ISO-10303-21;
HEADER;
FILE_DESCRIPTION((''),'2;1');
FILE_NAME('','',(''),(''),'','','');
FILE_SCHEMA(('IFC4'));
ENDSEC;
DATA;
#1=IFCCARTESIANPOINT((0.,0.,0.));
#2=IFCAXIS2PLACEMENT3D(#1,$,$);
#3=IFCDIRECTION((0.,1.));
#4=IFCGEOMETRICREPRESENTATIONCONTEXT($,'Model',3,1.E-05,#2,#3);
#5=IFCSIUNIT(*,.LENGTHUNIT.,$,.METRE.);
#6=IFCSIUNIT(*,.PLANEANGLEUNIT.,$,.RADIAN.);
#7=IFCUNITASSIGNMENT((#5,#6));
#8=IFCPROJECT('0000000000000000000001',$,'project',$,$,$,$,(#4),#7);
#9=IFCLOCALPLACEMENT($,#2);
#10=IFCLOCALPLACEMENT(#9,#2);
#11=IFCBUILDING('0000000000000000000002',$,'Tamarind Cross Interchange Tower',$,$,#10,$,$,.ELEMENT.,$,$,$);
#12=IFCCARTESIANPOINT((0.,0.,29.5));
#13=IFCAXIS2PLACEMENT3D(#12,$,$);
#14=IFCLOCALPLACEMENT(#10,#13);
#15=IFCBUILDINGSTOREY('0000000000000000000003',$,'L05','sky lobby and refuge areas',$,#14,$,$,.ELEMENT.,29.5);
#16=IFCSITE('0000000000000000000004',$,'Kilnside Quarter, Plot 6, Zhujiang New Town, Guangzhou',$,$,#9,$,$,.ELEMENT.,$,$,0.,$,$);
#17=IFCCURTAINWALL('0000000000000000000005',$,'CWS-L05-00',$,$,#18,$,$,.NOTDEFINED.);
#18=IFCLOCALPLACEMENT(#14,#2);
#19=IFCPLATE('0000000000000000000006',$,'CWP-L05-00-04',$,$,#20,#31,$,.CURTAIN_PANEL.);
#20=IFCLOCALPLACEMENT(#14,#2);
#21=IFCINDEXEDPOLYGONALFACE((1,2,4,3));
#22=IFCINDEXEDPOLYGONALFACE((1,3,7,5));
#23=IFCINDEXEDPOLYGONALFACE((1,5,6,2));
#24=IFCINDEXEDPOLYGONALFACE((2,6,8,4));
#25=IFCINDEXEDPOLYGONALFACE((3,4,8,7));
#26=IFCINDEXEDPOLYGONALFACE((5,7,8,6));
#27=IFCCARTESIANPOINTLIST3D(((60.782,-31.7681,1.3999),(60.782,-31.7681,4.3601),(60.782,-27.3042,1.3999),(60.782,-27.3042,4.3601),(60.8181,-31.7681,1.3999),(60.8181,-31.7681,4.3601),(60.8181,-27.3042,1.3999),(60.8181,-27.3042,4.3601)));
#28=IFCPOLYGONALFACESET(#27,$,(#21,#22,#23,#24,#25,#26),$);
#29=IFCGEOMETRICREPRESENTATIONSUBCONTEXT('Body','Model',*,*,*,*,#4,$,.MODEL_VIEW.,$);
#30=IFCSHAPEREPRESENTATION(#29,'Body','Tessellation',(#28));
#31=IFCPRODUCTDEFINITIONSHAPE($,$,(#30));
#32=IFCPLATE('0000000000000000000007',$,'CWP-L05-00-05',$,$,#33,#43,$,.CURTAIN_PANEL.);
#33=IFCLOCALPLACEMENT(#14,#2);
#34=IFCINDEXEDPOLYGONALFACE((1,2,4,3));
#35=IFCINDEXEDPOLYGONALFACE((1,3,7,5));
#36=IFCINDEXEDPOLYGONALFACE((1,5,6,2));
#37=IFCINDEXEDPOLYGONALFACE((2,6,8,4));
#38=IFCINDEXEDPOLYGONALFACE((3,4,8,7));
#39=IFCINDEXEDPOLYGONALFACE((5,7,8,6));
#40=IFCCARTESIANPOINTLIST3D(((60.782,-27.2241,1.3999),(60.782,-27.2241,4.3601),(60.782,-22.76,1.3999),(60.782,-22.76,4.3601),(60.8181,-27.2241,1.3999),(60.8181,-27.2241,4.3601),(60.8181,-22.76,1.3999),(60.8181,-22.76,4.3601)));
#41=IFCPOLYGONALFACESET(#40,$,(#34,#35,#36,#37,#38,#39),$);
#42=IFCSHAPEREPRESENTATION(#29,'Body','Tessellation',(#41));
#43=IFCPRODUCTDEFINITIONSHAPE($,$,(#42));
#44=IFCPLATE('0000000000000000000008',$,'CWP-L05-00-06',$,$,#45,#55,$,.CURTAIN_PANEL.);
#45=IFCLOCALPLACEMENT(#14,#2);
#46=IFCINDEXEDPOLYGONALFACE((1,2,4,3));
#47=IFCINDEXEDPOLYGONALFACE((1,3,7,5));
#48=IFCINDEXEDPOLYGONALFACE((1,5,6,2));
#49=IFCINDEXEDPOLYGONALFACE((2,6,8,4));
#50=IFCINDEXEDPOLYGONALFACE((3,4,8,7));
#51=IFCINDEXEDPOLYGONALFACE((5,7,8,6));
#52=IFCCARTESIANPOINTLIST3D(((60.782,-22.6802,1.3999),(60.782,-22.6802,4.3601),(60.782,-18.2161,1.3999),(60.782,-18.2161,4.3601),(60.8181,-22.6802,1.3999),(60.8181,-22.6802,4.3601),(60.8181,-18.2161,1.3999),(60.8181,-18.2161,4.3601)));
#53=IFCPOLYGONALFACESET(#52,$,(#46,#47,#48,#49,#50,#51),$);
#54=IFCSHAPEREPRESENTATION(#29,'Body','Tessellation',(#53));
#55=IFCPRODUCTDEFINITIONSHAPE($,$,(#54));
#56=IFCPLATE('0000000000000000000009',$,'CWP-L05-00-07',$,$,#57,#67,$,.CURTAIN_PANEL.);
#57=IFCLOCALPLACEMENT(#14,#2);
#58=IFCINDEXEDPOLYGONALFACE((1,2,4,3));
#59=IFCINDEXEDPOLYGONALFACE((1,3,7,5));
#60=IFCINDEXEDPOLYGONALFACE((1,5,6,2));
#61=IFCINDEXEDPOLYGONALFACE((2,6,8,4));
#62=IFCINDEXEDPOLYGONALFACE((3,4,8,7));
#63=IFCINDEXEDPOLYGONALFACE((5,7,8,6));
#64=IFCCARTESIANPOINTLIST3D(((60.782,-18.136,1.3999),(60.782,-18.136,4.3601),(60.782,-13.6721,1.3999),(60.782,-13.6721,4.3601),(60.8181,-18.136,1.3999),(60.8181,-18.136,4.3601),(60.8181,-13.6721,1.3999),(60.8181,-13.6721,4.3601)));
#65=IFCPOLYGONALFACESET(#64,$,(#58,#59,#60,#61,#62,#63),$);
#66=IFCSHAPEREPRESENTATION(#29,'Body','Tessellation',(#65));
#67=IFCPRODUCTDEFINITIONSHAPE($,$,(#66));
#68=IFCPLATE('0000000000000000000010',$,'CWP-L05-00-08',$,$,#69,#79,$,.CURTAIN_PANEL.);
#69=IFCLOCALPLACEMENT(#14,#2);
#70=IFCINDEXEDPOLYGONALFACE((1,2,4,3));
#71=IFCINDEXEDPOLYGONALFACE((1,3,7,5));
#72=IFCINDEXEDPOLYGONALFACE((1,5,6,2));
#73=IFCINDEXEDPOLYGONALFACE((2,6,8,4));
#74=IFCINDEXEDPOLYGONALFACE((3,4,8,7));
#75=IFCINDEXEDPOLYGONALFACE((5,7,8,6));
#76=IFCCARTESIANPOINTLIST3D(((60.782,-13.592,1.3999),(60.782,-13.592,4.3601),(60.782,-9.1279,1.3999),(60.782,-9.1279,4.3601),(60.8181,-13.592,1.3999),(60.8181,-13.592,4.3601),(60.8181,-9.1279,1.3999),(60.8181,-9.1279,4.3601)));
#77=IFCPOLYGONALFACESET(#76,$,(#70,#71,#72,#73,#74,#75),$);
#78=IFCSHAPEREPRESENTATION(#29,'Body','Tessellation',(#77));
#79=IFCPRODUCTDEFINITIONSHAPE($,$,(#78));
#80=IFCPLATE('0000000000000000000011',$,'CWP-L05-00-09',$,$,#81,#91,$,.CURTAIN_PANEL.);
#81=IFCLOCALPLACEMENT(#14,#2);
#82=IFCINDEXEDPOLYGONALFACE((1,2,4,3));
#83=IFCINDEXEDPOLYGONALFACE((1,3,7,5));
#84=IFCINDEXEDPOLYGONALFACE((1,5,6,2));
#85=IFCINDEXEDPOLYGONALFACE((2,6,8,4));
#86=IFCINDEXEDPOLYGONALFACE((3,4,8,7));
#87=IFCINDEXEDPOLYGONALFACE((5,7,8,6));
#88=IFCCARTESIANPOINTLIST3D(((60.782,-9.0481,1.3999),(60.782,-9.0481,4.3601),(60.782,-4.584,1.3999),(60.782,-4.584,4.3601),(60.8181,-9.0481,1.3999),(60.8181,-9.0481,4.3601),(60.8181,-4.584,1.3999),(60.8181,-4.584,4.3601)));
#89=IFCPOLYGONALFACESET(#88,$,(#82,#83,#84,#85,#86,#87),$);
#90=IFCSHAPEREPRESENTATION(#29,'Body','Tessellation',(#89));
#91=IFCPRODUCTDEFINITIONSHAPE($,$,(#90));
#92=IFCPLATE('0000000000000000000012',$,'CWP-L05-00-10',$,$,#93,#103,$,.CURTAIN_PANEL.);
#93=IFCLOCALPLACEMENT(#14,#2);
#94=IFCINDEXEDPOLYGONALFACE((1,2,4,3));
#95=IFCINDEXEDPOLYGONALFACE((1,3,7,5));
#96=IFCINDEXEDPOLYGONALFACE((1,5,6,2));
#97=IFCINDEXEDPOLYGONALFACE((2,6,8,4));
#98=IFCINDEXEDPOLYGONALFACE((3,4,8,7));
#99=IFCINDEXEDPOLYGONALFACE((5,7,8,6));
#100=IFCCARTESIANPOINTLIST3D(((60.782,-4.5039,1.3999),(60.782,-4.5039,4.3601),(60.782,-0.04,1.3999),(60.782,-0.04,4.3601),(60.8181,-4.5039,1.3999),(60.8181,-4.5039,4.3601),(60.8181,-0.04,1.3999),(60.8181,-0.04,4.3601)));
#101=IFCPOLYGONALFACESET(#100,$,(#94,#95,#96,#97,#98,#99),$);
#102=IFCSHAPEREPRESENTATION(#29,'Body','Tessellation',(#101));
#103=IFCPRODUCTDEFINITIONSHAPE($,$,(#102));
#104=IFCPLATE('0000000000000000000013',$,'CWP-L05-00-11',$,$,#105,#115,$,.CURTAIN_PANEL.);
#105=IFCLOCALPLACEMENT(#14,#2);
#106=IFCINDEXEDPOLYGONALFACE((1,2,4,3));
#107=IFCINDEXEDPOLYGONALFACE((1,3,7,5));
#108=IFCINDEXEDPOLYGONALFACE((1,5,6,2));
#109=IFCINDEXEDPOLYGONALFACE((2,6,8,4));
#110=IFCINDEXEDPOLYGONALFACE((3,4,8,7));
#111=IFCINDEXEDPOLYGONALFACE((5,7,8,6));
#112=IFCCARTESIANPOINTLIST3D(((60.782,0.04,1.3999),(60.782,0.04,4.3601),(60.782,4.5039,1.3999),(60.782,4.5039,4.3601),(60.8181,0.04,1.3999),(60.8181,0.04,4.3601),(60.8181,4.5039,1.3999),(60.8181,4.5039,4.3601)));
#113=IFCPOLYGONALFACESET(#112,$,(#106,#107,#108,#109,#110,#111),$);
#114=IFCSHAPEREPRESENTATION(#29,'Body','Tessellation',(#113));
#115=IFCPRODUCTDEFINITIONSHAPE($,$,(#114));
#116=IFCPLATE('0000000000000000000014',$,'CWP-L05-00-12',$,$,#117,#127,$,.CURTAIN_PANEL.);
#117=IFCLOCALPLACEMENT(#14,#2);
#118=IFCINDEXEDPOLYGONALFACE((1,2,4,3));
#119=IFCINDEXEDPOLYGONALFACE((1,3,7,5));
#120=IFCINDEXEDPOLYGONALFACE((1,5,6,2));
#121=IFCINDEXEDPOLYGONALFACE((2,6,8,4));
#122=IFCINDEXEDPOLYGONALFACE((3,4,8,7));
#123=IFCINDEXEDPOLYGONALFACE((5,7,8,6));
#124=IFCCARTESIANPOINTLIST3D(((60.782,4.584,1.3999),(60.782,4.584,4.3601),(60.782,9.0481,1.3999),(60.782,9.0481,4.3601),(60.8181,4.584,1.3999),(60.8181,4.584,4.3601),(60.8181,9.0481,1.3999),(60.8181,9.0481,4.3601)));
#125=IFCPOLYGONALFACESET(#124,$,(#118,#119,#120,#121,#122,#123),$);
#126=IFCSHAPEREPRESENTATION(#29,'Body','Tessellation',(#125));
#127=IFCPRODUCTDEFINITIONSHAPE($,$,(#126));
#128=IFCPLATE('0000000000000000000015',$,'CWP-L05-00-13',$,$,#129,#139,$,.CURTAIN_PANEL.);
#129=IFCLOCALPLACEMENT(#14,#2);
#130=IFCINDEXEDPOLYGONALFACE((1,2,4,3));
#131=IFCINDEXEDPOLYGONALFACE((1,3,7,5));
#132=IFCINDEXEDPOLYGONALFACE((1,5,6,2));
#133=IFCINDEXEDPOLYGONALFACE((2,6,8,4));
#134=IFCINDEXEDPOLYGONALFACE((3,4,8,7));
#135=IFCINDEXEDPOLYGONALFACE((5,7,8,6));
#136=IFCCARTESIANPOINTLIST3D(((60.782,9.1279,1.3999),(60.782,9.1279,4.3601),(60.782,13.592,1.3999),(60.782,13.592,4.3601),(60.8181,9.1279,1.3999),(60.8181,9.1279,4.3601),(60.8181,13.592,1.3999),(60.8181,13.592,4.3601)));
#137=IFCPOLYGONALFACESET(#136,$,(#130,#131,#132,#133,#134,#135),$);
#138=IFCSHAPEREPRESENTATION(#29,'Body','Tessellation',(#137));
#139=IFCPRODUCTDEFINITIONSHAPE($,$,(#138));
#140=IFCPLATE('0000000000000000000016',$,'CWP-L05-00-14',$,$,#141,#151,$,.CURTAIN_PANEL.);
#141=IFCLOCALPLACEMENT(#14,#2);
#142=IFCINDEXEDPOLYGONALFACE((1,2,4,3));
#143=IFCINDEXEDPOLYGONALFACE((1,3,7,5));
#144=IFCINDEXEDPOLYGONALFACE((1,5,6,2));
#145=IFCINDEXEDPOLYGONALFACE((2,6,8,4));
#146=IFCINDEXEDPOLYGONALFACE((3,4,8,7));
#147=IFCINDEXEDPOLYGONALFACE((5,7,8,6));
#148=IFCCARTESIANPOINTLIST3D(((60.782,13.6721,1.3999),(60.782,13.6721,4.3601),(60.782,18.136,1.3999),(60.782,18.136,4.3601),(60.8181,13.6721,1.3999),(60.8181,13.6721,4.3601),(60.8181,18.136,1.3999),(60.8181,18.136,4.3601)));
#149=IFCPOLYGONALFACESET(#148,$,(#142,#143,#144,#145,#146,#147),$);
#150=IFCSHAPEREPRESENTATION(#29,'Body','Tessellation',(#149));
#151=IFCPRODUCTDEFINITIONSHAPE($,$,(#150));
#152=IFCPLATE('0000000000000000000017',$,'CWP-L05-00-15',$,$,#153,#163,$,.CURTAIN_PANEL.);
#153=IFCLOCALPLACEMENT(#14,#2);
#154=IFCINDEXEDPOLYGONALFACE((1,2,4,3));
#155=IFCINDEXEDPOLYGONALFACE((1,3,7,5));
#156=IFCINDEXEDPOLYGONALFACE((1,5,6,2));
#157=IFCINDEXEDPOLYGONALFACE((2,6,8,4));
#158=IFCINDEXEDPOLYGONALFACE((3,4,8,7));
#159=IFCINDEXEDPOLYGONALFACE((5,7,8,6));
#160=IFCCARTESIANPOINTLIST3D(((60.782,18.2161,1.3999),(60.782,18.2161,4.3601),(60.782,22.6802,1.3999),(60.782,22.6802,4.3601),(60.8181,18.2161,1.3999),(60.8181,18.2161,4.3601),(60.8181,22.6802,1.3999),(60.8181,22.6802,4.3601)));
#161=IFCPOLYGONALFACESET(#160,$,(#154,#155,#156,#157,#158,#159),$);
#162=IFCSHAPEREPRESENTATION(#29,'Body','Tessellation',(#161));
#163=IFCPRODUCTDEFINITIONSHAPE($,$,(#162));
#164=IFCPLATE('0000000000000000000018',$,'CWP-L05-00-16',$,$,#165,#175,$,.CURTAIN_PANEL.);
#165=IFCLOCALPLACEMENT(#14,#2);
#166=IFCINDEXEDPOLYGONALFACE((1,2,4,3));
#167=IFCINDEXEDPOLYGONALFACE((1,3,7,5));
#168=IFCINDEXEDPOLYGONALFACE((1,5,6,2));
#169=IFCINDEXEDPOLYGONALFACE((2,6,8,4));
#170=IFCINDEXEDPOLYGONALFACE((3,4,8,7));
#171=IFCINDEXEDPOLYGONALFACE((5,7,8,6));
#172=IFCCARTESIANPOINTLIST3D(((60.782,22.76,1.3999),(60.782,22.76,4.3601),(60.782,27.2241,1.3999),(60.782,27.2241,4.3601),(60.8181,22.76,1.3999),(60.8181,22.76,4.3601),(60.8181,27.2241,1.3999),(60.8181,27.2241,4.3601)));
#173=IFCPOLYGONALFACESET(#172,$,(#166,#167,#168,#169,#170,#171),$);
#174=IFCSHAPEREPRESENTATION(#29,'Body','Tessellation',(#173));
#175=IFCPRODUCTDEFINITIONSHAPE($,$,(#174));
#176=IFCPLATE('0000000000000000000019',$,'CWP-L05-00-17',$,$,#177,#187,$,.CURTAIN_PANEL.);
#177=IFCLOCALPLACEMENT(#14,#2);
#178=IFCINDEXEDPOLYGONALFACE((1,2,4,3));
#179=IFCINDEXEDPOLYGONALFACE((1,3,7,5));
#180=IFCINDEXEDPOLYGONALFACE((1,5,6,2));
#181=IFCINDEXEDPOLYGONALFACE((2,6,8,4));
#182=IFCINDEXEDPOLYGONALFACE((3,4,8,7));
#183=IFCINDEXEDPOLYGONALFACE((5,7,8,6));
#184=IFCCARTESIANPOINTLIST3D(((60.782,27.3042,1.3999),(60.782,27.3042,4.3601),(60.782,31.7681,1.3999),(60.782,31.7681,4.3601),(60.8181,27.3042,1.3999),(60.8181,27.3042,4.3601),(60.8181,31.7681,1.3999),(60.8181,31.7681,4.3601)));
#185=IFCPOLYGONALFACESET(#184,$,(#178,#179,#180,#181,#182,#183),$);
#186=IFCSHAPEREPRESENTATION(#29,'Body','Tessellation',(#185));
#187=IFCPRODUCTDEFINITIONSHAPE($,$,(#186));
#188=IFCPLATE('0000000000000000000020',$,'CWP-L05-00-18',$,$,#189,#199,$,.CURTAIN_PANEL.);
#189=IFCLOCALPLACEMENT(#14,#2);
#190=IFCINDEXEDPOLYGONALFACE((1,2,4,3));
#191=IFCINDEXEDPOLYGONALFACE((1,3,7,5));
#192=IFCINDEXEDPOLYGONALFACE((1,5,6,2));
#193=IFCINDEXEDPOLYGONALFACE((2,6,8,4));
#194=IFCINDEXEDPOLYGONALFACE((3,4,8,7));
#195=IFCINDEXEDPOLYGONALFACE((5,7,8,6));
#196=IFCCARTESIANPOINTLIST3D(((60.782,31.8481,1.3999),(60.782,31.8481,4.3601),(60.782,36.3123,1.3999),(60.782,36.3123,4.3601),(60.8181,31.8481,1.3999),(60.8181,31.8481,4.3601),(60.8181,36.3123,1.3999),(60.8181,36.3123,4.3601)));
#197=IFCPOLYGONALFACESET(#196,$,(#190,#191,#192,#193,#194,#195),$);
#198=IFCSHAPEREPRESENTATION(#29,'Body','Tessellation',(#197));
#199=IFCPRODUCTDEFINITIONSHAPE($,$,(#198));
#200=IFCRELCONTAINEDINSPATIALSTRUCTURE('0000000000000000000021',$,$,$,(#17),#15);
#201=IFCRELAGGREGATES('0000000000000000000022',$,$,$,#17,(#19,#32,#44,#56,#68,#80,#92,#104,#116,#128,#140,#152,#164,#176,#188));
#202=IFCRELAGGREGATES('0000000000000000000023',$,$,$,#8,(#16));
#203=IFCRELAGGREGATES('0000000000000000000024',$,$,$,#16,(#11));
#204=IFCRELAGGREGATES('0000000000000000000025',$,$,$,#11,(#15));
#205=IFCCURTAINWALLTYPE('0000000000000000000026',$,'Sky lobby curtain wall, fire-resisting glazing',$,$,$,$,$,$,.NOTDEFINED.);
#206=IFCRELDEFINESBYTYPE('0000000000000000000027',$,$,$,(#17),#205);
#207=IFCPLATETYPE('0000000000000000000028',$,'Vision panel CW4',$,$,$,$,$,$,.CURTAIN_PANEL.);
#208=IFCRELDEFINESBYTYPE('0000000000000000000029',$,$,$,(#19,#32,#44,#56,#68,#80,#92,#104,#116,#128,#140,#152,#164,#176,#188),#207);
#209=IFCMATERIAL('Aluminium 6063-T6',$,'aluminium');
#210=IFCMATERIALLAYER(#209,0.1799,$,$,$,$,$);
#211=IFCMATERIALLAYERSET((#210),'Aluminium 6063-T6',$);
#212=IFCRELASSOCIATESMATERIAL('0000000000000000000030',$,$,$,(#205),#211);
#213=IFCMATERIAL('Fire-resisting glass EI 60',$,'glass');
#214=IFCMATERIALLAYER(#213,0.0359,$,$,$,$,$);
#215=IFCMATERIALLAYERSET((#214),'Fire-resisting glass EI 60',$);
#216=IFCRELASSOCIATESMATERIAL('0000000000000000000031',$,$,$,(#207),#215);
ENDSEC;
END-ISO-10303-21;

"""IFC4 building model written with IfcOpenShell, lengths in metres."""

from ifc_helpers import new_model, si_unit, direction, frame, origin, place, context, subcontext, project, spatial, polyline, outline, extrude, material, layer, layer_set, type_object, element, aggregate, save


model = new_model("IFC4")

# Units and contexts
model_context = context("Model", 3, precision=1e-05, world=origin(), true_north=direction((0.0, 1.0)))
body_context = subcontext(model_context, "Body", "Model", "MODEL_VIEW")
ifc_project = project(units=[si_unit("LENGTHUNIT", "METRE"), si_unit("PLANEANGLEUNIT", "RADIAN")], contexts=[model_context])

# Site, building, storey
site_placement = place(None, origin())
site = spatial("IfcSite", under=ifc_project, at=site_placement, Name="Kilnside Quarter, Plot 6, Zhujiang New Town, Guangzhou", CompositionType="ELEMENT", RefElevation=0.0)
building_placement = place(site_placement, origin())
building = spatial("IfcBuilding", under=site, at=building_placement, Name="Tamarind Cross Interchange Tower", CompositionType="ELEMENT")
storey_placement = place(building_placement, frame((0.0, 0.0, 29.5)))
storey = spatial("IfcBuildingStorey", under=building, at=storey_placement, Name="L05", Description="sky lobby and refuge areas", CompositionType="ELEMENT", Elevation=29.5)

# Curtain wall, plates
ifc_material_1 = material(Name="Aluminium 6063-T6", Category="aluminium")
ifc_layer_1 = layer(ifc_material_1, 0.1799)
ifc_layer_set_1 = layer_set([ifc_layer_1], Name="Aluminium 6063-T6")
curtain_wall_type = type_object("IfcCurtainWallType", Name="Sky lobby curtain wall, fire-resisting glazing", PredefinedType="NOTDEFINED", material=ifc_layer_set_1)
curtain_wall_placement = place(storey_placement, origin())
curtain_wall = element("IfcCurtainWall", 1, at=curtain_wall_placement, inside=storey, type_object=curtain_wall_type, Name="CWS-L05-00", PredefinedType="NOTDEFINED")
ifc_material_2 = material(Name="Fire-resisting glass EI 60", Category="glass")
ifc_layer_2 = layer(ifc_material_2, 0.0359)
ifc_layer_set_2 = layer_set([ifc_layer_2], Name="Fire-resisting glass EI 60")
plate_type = type_object("IfcPlateType", Name="Vision panel CW4", PredefinedType="CURTAIN_PANEL", material=ifc_layer_set_2)
plate_1_placement = place(storey_placement, frame((0.0, 0.0, 1.3999)))
plate_1 = element("IfcPlate", 2, at=plate_1_placement, type_object=plate_type, Name="CWP-L05-00-04", PredefinedType="CURTAIN_PANEL", context=body_context, shape_type="SweptSolid", body=[
    extrude(outline(polyline([(60.782, -31.7681), (60.782, -27.3042), (60.8181, -27.3042), (60.8181, -31.7681), (60.782, -31.7681)])), origin(), (0.0, 0.0, 1.0), 2.9602),
])
plate_2_placement = place(storey_placement, frame((0.0, 0.0, 1.3999)))
plate_2 = element("IfcPlate", 3, at=plate_2_placement, type_object=plate_type, Name="CWP-L05-00-05", PredefinedType="CURTAIN_PANEL", context=body_context, shape_type="SweptSolid", body=[
    extrude(outline(polyline([(60.782, -27.2241), (60.782, -22.76), (60.8181, -22.76), (60.8181, -27.2241), (60.782, -27.2241)])), origin(), (0.0, 0.0, 1.0), 2.9602),
])
plate_3_placement = place(storey_placement, frame((0.0, 0.0, 1.3999)))
plate_3 = element("IfcPlate", 4, at=plate_3_placement, type_object=plate_type, Name="CWP-L05-00-06", PredefinedType="CURTAIN_PANEL", context=body_context, shape_type="SweptSolid", body=[
    extrude(outline(polyline([(60.782, -22.6802), (60.782, -18.2161), (60.8181, -18.2161), (60.8181, -22.6802), (60.782, -22.6802)])), origin(), (0.0, 0.0, 1.0), 2.9602),
])
plate_4_placement = place(storey_placement, frame((0.0, 0.0, 1.3999)))
plate_4 = element("IfcPlate", 5, at=plate_4_placement, type_object=plate_type, Name="CWP-L05-00-07", PredefinedType="CURTAIN_PANEL", context=body_context, shape_type="SweptSolid", body=[
    extrude(outline(polyline([(60.782, -18.136), (60.782, -13.6721), (60.8181, -13.6721), (60.8181, -18.136), (60.782, -18.136)])), origin(), (0.0, 0.0, 1.0), 2.9602),
])
plate_5_placement = place(storey_placement, frame((0.0, 0.0, 1.3999)))
plate_5 = element("IfcPlate", 6, at=plate_5_placement, type_object=plate_type, Name="CWP-L05-00-08", PredefinedType="CURTAIN_PANEL", context=body_context, shape_type="SweptSolid", body=[
    extrude(outline(polyline([(60.782, -13.592), (60.782, -9.1279), (60.8181, -9.1279), (60.8181, -13.592), (60.782, -13.592)])), origin(), (0.0, 0.0, 1.0), 2.9602),
])
plate_6_placement = place(storey_placement, frame((0.0, 0.0, 1.3999)))
plate_6 = element("IfcPlate", 7, at=plate_6_placement, type_object=plate_type, Name="CWP-L05-00-09", PredefinedType="CURTAIN_PANEL", context=body_context, shape_type="SweptSolid", body=[
    extrude(outline(polyline([(60.782, -9.0481), (60.782, -4.584), (60.8181, -4.584), (60.8181, -9.0481), (60.782, -9.0481)])), origin(), (0.0, 0.0, 1.0), 2.9602),
])
plate_7_placement = place(storey_placement, frame((0.0, 0.0, 1.3999)))
plate_7 = element("IfcPlate", 8, at=plate_7_placement, type_object=plate_type, Name="CWP-L05-00-10", PredefinedType="CURTAIN_PANEL", context=body_context, shape_type="SweptSolid", body=[
    extrude(outline(polyline([(60.782, -4.5039), (60.782, -0.04), (60.8181, -0.04), (60.8181, -4.5039), (60.782, -4.5039)])), origin(), (0.0, 0.0, 1.0), 2.9602),
])
plate_8_placement = place(storey_placement, frame((0.0, 0.0, 1.3999)))
plate_8 = element("IfcPlate", 9, at=plate_8_placement, type_object=plate_type, Name="CWP-L05-00-11", PredefinedType="CURTAIN_PANEL", context=body_context, shape_type="SweptSolid", body=[
    extrude(outline(polyline([(60.782, 0.04), (60.782, 4.5039), (60.8181, 4.5039), (60.8181, 0.04), (60.782, 0.04)])), origin(), (0.0, 0.0, 1.0), 2.9602),
])
plate_9_placement = place(storey_placement, frame((0.0, 0.0, 1.3999)))
plate_9 = element("IfcPlate", 10, at=plate_9_placement, type_object=plate_type, Name="CWP-L05-00-12", PredefinedType="CURTAIN_PANEL", context=body_context, shape_type="SweptSolid", body=[
    extrude(outline(polyline([(60.782, 4.584), (60.782, 9.0481), (60.8181, 9.0481), (60.8181, 4.584), (60.782, 4.584)])), origin(), (0.0, 0.0, 1.0), 2.9602),
])
plate_10_placement = place(storey_placement, frame((0.0, 0.0, 1.3999)))
plate_10 = element("IfcPlate", 11, at=plate_10_placement, type_object=plate_type, Name="CWP-L05-00-13", PredefinedType="CURTAIN_PANEL", context=body_context, shape_type="SweptSolid", body=[
    extrude(outline(polyline([(60.782, 9.1279), (60.782, 13.592), (60.8181, 13.592), (60.8181, 9.1279), (60.782, 9.1279)])), origin(), (0.0, 0.0, 1.0), 2.9602),
])
plate_11_placement = place(storey_placement, frame((0.0, 0.0, 1.3999)))
plate_11 = element("IfcPlate", 12, at=plate_11_placement, type_object=plate_type, Name="CWP-L05-00-14", PredefinedType="CURTAIN_PANEL", context=body_context, shape_type="SweptSolid", body=[
    extrude(outline(polyline([(60.782, 13.6721), (60.782, 18.136), (60.8181, 18.136), (60.8181, 13.6721), (60.782, 13.6721)])), origin(), (0.0, 0.0, 1.0), 2.9602),
])
plate_12_placement = place(storey_placement, frame((0.0, 0.0, 1.3999)))
plate_12 = element("IfcPlate", 13, at=plate_12_placement, type_object=plate_type, Name="CWP-L05-00-15", PredefinedType="CURTAIN_PANEL", context=body_context, shape_type="SweptSolid", body=[
    extrude(outline(polyline([(60.782, 18.2161), (60.782, 22.6802), (60.8181, 22.6802), (60.8181, 18.2161), (60.782, 18.2161)])), origin(), (0.0, 0.0, 1.0), 2.9602),
])
plate_13_placement = place(storey_placement, frame((0.0, 0.0, 1.3999)))
plate_13 = element("IfcPlate", 14, at=plate_13_placement, type_object=plate_type, Name="CWP-L05-00-16", PredefinedType="CURTAIN_PANEL", context=body_context, shape_type="SweptSolid", body=[
    extrude(outline(polyline([(60.782, 22.76), (60.782, 27.2241), (60.8181, 27.2241), (60.8181, 22.76), (60.782, 22.76)])), origin(), (0.0, 0.0, 1.0), 2.9602),
])
plate_14_placement = place(storey_placement, frame((0.0, 0.0, 1.3999)))
plate_14 = element("IfcPlate", 15, at=plate_14_placement, type_object=plate_type, Name="CWP-L05-00-17", PredefinedType="CURTAIN_PANEL", context=body_context, shape_type="SweptSolid", body=[
    extrude(outline(polyline([(60.782, 27.3042), (60.782, 31.7681), (60.8181, 31.7681), (60.8181, 27.3042), (60.782, 27.3042)])), origin(), (0.0, 0.0, 1.0), 2.9602),
])
plate_15_placement = place(storey_placement, frame((0.0, 0.0, 1.3999)))
plate_15 = element("IfcPlate", 16, at=plate_15_placement, type_object=plate_type, Name="CWP-L05-00-18", PredefinedType="CURTAIN_PANEL", context=body_context, shape_type="SweptSolid", body=[
    extrude(outline(polyline([(60.782, 31.8481), (60.782, 36.3123), (60.8181, 36.3123), (60.8181, 31.8481), (60.782, 31.8481)])), origin(), (0.0, 0.0, 1.0), 2.9602),
])
aggregate(curtain_wall, [plate_1, plate_2, plate_3, plate_4, plate_5, plate_6, plate_7, plate_8, plate_9, plate_10, plate_11, plate_12, plate_13, plate_14, plate_15])

save(model, "model.ifc")
